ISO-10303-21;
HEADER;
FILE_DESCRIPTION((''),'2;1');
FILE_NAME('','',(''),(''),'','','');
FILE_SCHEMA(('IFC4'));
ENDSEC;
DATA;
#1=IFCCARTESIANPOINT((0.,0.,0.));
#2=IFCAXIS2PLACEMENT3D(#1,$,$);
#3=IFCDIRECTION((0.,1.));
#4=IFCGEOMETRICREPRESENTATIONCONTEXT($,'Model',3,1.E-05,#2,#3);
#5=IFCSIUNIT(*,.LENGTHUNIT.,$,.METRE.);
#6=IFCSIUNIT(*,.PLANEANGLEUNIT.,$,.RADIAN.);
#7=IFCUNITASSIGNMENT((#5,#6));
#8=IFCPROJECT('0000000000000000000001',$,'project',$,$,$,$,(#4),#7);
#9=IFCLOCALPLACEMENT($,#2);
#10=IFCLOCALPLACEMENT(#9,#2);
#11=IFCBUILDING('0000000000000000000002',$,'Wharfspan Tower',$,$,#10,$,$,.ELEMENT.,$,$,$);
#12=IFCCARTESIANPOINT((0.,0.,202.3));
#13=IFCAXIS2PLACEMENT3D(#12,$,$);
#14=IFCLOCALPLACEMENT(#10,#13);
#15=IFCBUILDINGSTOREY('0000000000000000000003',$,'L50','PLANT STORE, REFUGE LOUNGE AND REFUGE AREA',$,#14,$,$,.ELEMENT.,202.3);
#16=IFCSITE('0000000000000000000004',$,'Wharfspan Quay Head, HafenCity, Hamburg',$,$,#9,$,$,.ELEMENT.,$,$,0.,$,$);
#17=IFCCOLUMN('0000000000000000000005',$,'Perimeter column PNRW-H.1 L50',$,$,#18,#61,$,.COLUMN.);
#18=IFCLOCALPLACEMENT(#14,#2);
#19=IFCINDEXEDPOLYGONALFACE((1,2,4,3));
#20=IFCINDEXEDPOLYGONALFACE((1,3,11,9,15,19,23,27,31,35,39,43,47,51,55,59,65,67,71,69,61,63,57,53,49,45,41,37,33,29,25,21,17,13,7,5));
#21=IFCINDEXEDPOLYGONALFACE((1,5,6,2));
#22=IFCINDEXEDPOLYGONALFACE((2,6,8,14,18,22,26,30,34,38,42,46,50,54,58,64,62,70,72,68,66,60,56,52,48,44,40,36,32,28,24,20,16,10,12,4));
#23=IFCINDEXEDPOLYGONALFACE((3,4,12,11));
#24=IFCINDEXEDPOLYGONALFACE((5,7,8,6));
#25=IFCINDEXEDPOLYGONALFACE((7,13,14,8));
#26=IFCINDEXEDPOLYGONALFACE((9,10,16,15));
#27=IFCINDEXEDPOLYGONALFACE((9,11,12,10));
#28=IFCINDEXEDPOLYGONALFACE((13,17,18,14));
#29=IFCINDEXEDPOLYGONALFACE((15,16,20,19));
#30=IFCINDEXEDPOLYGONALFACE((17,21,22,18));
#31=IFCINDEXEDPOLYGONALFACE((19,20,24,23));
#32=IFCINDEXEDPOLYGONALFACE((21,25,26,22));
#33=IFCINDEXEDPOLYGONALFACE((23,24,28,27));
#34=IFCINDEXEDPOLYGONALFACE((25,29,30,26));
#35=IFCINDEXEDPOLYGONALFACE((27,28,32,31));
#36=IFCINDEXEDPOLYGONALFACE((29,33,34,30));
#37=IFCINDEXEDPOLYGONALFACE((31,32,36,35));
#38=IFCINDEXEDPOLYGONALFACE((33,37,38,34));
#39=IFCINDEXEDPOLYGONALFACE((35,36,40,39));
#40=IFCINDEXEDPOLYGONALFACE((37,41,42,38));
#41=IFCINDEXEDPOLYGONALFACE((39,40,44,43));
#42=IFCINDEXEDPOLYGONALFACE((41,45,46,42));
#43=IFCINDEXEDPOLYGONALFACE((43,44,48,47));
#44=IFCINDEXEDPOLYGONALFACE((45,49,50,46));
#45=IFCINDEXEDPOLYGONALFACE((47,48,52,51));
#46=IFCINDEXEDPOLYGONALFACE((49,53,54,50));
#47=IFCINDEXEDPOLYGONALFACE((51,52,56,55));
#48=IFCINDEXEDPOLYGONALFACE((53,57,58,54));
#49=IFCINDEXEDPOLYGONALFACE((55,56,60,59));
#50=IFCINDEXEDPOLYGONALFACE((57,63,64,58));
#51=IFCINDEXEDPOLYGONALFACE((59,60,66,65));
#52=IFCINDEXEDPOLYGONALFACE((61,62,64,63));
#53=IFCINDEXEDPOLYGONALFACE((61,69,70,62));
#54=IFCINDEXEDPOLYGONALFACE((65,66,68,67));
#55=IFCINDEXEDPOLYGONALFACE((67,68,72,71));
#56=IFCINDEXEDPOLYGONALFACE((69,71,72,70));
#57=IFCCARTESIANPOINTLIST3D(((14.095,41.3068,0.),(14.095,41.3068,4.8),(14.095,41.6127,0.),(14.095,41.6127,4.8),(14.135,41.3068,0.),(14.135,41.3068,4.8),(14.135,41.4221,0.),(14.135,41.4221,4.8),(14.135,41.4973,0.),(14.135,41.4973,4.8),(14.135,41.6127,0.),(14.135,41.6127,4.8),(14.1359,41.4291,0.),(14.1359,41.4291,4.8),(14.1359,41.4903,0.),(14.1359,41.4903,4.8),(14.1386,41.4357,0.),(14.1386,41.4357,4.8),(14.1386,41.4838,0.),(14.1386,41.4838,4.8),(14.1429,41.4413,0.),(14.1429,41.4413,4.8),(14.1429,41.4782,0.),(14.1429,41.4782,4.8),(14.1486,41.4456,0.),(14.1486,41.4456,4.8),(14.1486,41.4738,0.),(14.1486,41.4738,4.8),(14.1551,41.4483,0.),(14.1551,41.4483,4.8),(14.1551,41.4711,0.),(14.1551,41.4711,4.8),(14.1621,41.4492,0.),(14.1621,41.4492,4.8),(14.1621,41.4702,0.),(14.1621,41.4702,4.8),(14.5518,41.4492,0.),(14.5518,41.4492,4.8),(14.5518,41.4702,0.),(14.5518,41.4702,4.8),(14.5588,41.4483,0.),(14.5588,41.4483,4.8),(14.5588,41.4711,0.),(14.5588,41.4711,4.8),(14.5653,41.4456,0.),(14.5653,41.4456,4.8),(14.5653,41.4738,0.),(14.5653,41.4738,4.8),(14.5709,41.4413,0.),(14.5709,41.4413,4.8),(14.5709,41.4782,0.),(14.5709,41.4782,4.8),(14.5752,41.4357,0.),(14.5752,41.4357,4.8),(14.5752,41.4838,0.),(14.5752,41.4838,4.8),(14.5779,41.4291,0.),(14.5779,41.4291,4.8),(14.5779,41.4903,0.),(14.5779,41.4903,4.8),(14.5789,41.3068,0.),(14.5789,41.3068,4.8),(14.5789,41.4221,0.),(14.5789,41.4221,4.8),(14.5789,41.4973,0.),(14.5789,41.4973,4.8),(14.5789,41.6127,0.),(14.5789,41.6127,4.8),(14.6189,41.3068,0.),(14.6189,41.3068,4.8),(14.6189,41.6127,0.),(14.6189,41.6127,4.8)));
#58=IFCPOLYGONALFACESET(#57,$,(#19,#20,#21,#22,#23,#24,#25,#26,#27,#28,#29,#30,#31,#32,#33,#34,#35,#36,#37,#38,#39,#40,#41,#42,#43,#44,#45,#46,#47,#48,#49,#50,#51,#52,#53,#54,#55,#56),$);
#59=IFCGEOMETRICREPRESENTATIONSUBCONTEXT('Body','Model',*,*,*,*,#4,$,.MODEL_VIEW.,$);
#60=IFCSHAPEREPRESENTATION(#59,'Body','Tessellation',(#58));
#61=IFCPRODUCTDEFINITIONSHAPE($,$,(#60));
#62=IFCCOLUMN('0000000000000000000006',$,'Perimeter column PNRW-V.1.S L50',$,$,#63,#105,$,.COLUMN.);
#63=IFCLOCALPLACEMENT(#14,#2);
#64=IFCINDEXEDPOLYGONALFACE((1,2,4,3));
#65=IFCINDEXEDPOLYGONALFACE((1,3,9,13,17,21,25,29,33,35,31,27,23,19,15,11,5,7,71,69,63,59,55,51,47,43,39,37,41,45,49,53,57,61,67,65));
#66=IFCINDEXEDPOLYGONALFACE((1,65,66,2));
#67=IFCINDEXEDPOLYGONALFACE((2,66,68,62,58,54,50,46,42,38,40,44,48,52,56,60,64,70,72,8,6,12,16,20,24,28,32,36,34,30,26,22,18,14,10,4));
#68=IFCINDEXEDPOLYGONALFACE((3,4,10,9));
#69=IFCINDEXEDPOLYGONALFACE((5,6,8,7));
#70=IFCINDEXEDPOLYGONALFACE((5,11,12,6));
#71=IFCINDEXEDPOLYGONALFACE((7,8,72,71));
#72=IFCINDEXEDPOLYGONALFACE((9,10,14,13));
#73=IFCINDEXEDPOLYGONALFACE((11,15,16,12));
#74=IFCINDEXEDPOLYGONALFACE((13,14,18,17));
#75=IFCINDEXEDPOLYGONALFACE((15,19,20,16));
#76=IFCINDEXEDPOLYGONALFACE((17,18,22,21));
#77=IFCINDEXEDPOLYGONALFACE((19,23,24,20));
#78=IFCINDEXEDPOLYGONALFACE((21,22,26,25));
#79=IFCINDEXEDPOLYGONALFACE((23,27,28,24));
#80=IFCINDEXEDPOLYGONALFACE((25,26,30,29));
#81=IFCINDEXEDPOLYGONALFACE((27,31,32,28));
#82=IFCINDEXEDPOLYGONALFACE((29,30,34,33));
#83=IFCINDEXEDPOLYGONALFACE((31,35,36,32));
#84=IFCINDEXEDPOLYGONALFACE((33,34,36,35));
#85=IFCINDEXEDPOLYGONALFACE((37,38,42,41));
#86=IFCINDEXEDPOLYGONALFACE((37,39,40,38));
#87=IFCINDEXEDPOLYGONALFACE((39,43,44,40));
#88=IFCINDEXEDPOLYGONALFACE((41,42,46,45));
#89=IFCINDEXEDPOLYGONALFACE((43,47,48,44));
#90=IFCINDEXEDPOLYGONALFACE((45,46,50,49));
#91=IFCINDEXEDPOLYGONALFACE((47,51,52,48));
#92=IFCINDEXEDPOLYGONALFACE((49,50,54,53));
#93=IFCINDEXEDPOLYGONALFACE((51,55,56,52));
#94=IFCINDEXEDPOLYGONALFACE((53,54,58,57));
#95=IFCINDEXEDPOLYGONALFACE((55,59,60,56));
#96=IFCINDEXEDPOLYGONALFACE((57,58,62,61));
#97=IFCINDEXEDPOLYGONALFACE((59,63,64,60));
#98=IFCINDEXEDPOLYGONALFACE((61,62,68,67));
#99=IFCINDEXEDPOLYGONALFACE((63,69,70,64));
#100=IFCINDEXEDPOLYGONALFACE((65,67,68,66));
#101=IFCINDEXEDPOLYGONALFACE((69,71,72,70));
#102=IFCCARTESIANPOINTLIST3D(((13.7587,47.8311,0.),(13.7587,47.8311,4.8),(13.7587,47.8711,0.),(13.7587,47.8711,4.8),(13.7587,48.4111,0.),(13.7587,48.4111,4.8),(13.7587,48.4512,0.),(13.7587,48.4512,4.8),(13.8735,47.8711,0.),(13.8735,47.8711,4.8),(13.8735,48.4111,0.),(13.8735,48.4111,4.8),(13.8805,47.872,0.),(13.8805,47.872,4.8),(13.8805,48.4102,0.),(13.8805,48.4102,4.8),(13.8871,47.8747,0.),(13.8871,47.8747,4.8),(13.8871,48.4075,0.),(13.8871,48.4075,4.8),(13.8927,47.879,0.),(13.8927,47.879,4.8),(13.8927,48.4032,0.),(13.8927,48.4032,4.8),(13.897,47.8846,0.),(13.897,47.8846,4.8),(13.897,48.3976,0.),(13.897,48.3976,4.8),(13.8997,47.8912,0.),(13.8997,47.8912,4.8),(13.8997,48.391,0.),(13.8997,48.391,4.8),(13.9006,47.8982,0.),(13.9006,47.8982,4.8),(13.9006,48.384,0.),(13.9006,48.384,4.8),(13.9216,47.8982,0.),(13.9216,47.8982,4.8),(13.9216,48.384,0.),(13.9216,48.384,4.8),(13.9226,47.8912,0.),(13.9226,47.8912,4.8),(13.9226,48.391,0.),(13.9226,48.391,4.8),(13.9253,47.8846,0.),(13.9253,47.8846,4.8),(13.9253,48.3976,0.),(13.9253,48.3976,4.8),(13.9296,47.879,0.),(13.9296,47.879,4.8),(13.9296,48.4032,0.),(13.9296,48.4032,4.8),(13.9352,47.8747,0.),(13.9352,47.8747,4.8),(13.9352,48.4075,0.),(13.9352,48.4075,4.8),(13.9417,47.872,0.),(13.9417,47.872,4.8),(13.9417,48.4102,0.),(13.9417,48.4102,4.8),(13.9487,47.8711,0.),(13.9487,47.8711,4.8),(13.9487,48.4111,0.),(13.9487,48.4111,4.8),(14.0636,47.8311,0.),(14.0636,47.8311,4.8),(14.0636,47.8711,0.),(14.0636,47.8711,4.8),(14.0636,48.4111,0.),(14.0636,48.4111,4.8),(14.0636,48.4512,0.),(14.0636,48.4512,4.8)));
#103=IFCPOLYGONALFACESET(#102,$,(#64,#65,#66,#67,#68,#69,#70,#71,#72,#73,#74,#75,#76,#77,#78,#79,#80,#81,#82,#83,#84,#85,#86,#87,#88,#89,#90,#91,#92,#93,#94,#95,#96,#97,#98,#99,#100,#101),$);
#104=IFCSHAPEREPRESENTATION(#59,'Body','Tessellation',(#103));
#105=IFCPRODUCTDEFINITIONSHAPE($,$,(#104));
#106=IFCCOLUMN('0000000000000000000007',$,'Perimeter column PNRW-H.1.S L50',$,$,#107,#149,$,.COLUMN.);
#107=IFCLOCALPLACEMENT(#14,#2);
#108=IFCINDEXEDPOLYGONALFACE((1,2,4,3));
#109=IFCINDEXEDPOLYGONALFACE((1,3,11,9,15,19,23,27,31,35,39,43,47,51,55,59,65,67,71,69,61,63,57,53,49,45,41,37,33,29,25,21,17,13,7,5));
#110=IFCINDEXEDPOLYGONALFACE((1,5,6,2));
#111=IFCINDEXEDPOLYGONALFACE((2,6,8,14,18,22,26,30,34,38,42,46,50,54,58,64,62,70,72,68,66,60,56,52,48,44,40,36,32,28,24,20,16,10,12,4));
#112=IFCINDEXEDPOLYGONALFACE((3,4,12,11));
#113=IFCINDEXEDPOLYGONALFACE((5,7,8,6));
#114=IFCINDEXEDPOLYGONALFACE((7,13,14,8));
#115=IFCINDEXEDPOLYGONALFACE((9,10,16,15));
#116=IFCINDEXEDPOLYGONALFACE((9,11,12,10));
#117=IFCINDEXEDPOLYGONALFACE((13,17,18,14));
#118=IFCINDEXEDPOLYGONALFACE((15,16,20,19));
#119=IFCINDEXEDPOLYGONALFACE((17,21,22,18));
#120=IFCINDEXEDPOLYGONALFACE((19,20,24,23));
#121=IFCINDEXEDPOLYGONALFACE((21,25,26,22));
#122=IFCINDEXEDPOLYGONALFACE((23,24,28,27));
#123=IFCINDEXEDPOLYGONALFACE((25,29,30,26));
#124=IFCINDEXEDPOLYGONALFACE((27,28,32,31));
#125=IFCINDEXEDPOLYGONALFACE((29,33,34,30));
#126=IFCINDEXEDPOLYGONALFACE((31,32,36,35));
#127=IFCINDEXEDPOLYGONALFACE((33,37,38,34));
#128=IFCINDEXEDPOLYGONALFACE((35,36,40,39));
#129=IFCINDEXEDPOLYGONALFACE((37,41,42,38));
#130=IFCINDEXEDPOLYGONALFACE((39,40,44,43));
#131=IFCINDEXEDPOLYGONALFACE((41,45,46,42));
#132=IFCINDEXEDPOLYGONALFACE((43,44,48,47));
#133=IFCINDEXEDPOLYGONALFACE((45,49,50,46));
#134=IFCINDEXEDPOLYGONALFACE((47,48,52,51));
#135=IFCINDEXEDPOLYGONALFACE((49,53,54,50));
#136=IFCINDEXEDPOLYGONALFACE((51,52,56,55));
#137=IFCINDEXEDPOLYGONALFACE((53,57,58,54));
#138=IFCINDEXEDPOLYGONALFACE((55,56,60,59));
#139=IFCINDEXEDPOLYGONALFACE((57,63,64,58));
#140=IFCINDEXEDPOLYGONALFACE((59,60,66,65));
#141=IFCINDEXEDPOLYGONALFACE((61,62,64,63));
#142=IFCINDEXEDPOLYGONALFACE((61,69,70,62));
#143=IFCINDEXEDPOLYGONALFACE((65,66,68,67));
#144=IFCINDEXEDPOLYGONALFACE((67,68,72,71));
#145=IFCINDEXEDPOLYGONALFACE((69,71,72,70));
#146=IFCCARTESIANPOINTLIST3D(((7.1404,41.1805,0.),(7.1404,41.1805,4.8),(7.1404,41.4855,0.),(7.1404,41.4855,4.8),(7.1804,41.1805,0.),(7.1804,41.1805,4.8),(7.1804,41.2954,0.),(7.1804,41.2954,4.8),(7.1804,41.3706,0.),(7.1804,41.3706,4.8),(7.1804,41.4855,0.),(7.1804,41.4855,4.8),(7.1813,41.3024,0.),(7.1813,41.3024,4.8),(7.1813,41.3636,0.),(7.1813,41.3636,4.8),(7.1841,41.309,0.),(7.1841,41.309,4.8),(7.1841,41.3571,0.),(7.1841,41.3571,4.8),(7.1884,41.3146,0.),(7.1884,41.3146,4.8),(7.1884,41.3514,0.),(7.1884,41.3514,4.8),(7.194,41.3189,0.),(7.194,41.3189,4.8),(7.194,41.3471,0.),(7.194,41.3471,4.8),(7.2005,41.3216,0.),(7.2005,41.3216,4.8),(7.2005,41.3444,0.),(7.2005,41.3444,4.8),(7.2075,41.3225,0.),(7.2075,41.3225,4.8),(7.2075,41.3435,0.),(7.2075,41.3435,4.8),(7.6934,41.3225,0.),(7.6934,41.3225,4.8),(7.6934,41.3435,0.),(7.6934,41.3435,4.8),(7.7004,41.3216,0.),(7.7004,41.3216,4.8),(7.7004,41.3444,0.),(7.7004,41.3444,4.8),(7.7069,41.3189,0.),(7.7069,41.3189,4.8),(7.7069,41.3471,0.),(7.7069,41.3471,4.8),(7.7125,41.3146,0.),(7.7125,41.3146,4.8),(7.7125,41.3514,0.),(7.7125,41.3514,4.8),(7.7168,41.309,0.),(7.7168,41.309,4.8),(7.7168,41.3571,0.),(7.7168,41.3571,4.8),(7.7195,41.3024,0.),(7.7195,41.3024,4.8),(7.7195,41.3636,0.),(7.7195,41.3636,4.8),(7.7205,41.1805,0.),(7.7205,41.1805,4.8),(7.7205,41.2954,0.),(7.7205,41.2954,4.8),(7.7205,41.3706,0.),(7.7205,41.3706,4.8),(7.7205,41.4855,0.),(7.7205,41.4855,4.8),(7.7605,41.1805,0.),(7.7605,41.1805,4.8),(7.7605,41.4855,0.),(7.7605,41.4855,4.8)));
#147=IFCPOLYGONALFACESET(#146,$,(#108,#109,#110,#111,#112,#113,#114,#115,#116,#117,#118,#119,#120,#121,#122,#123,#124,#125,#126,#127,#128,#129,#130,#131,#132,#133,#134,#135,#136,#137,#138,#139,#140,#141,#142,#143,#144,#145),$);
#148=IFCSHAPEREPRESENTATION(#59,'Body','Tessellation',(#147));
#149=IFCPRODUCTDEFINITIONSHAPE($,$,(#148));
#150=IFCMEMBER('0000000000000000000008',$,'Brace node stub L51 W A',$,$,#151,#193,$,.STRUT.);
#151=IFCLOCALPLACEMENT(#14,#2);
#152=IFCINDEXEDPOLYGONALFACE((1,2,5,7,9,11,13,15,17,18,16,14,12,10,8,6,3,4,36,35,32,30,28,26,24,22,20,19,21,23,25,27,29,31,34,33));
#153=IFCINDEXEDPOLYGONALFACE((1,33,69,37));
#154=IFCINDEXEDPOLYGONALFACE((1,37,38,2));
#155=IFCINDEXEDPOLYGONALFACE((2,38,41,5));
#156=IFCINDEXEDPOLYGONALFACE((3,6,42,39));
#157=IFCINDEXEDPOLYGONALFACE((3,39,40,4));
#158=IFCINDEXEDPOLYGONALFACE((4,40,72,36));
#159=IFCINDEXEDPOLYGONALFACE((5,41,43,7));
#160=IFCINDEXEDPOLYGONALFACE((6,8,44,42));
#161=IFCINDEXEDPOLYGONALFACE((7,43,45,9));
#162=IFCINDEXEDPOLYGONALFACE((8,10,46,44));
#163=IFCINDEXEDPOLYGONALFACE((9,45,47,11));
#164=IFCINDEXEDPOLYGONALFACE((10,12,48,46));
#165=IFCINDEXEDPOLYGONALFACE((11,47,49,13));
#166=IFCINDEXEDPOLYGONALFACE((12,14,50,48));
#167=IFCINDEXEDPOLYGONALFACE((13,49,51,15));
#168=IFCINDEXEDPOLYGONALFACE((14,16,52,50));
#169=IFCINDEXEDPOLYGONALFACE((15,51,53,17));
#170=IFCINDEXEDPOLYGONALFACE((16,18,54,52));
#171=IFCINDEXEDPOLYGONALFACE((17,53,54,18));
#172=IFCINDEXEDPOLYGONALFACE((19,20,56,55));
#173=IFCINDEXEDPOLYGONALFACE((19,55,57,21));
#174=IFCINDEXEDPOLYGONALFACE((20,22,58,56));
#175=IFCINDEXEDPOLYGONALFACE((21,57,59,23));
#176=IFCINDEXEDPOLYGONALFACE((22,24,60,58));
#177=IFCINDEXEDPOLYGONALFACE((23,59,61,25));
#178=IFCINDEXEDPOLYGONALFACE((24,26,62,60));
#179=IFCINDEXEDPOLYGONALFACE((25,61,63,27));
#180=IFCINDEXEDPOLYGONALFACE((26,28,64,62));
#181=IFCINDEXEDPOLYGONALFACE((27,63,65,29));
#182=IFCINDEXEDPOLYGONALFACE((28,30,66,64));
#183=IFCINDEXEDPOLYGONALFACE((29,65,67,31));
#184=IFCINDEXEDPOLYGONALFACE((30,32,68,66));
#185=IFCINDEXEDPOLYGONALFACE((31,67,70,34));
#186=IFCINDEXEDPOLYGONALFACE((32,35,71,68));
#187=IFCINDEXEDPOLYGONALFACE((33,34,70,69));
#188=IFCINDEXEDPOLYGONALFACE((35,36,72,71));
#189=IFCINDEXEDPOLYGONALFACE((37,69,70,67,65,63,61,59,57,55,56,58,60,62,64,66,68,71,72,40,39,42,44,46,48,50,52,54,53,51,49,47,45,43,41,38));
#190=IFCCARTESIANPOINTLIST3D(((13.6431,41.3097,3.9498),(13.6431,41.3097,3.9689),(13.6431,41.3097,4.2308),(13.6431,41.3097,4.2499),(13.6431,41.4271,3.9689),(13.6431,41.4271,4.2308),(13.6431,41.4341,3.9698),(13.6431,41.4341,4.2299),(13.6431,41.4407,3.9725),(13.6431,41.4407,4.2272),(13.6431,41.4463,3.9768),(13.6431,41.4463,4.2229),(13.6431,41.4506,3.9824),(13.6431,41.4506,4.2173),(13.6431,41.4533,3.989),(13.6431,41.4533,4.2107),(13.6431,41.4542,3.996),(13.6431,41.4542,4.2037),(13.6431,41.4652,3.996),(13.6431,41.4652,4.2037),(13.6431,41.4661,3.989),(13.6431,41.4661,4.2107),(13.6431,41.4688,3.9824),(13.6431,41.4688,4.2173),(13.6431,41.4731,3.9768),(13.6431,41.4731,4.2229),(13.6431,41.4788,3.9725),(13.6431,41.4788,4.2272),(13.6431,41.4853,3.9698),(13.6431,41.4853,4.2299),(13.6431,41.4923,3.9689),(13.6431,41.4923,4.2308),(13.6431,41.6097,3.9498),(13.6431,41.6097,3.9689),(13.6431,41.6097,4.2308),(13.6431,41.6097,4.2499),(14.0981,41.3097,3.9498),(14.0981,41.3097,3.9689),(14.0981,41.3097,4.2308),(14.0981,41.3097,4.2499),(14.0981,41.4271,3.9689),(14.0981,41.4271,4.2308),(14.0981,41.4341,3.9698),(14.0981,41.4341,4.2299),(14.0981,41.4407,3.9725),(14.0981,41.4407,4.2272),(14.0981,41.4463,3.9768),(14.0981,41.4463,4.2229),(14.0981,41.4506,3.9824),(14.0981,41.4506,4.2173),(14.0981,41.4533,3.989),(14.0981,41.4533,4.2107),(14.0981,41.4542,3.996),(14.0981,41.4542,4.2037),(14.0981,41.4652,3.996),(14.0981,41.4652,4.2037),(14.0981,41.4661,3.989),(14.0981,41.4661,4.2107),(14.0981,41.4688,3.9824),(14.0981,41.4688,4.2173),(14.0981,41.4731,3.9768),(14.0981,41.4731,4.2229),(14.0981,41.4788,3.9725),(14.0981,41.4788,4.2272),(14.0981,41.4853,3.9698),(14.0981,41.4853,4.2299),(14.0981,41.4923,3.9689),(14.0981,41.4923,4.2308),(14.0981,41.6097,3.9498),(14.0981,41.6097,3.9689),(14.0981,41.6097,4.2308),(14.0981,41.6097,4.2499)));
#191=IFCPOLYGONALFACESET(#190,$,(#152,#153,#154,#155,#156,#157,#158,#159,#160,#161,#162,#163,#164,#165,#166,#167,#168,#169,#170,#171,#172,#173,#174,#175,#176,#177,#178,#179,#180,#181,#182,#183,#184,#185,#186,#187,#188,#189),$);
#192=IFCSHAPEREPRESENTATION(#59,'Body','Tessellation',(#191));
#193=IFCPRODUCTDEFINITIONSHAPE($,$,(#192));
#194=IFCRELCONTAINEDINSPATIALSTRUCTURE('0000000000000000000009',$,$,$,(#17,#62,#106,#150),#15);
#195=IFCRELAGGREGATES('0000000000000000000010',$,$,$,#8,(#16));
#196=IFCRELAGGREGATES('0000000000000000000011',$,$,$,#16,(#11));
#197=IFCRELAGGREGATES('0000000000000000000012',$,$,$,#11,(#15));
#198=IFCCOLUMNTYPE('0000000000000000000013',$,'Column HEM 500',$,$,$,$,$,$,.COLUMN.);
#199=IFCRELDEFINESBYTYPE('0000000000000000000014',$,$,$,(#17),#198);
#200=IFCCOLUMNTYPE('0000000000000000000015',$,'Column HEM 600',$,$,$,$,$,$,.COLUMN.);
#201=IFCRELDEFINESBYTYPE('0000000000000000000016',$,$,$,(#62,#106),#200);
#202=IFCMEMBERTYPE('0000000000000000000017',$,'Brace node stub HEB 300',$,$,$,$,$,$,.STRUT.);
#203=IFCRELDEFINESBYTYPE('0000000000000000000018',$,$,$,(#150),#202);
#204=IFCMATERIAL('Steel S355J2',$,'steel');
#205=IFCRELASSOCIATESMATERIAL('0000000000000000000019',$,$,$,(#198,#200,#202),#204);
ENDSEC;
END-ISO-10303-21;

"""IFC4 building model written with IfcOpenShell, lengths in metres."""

from ifc_helpers import new_model, si_unit, direction, frame, origin, origin_2d, place, context, subcontext, project, spatial, i_section, extrude, material, material_profile, profile_set, type_object, element, save


model = new_model("IFC4")

# Units and contexts
model_context = context("Model", 3, precision=1e-05, world=origin(), true_north=direction((0.0, 1.0)))
body_context = subcontext(model_context, "Body", "Model", "MODEL_VIEW")
ifc_project = project(units=[si_unit("LENGTHUNIT", "METRE"), si_unit("PLANEANGLEUNIT", "RADIAN")], contexts=[model_context])

# Site, building, storey
site_placement = place(None, origin())
site = spatial("IfcSite", under=ifc_project, at=site_placement, Name="Wharfspan Quay Head, HafenCity, Hamburg", CompositionType="ELEMENT", RefElevation=0.0)
building_placement = place(site_placement, origin())
building = spatial("IfcBuilding", under=site, at=building_placement, Name="Wharfspan Tower", CompositionType="ELEMENT")
storey_placement = place(building_placement, frame((0.0, 0.0, 202.3)))
storey = spatial("IfcBuildingStorey", under=building, at=storey_placement, Name="L50", Description="PLANT STORE, REFUGE LOUNGE AND REFUGE AREA", CompositionType="ELEMENT", Elevation=202.3)

# Columns
ifc_material_1 = material(Name="Steel S355J2", Category="steel")
ifc_material_profile_1 = material_profile(ifc_material_1, i_section(OverallWidth=0.3059, OverallDepth=0.5239, WebThickness=0.021, FlangeThickness=0.04, FilletRadius=0.0271, at=origin_2d()))
ifc_profile_set_1 = profile_set([ifc_material_profile_1], Name="Steel S355J2")
column_type_1 = type_object("IfcColumnType", Name="Column HEM 500", PredefinedType="COLUMN", material=ifc_profile_set_1)
column_placement = place(storey_placement, frame((14.3569, 41.4597, 0.0), z_axis=(0.0, 0.0, 1.0), x_axis=(0.0, 1.0, 0.0)))
element("IfcColumn", 1, at=column_placement, inside=storey, type_object=column_type_1, Name="Perimeter column PNRW-H.1 L50", PredefinedType="COLUMN", context=body_context, shape_type="SweptSolid", body=[
    extrude(i_section(OverallWidth=0.3059, OverallDepth=0.5239, WebThickness=0.021, FlangeThickness=0.04, FilletRadius=0.0271, at=origin_2d()), origin(), (0.0, 0.0, 1.0), 4.8),
])
ifc_material_profile_2 = material_profile(ifc_material_1, i_section(OverallWidth=0.3049, OverallDepth=0.6201, WebThickness=0.021, FlangeThickness=0.04, FilletRadius=0.0271, at=origin_2d()))
ifc_profile_set_2 = profile_set([ifc_material_profile_2], Name="Steel S355J2")
column_type_2 = type_object("IfcColumnType", Name="Column HEM 600", PredefinedType="COLUMN", material=ifc_profile_set_2)
for number, where, z_axis, x_axis, name in (
    (2, (13.9111, 48.1411, 0.0), (0.0, 0.0, 1.0), (-1.0, 0.0, 0.0), "Perimeter column PNRW-V.1.S L50"),
    (3, (7.4504, 41.333, 0.0), (0.0, 0.0, 1.0), (0.0, 1.0, 0.0), "Perimeter column PNRW-H.1.S L50"),
):
    element("IfcColumn", number, at=place(storey_placement, frame(where, z_axis=z_axis, x_axis=x_axis)), inside=storey, type_object=column_type_2, Name=name, PredefinedType="COLUMN", context=body_context, shape_type="SweptSolid", body=[
        extrude(i_section(OverallWidth=0.3049, OverallDepth=0.6201, WebThickness=0.021, FlangeThickness=0.04, FilletRadius=0.0271, at=origin_2d()), origin(), (0.0, 0.0, 1.0), 4.8),
    ])

# Member
ifc_material_profile_3 = material_profile(ifc_material_1, i_section(OverallWidth=0.3, OverallDepth=0.3, WebThickness=0.011, FlangeThickness=0.019, FilletRadius=0.0271, at=origin_2d()))
ifc_profile_set_3 = profile_set([ifc_material_profile_3], Name="Steel S355J2")
member_type_1 = type_object("IfcMemberType", Name="Brace node stub HEB 300", PredefinedType="STRUT", material=ifc_profile_set_3)
member_1_placement = place(storey_placement, frame((14.0981, 41.4597, 4.0999), z_axis=(-1.0, 0.0, 0.0), x_axis=(0.0, -1.0, 0.0)))
element("IfcMember", 4, at=member_1_placement, inside=storey, type_object=member_type_1, Name="Brace node stub L51 W A", PredefinedType="STRUT", context=body_context, shape_type="SweptSolid", body=[
    extrude(i_section(OverallWidth=0.3, OverallDepth=0.3, WebThickness=0.011, FlangeThickness=0.019, FilletRadius=0.0271, at=origin_2d()), origin(), (0.0, 0.0, 1.0), 0.4551),
])

save(model, "model.ifc")
